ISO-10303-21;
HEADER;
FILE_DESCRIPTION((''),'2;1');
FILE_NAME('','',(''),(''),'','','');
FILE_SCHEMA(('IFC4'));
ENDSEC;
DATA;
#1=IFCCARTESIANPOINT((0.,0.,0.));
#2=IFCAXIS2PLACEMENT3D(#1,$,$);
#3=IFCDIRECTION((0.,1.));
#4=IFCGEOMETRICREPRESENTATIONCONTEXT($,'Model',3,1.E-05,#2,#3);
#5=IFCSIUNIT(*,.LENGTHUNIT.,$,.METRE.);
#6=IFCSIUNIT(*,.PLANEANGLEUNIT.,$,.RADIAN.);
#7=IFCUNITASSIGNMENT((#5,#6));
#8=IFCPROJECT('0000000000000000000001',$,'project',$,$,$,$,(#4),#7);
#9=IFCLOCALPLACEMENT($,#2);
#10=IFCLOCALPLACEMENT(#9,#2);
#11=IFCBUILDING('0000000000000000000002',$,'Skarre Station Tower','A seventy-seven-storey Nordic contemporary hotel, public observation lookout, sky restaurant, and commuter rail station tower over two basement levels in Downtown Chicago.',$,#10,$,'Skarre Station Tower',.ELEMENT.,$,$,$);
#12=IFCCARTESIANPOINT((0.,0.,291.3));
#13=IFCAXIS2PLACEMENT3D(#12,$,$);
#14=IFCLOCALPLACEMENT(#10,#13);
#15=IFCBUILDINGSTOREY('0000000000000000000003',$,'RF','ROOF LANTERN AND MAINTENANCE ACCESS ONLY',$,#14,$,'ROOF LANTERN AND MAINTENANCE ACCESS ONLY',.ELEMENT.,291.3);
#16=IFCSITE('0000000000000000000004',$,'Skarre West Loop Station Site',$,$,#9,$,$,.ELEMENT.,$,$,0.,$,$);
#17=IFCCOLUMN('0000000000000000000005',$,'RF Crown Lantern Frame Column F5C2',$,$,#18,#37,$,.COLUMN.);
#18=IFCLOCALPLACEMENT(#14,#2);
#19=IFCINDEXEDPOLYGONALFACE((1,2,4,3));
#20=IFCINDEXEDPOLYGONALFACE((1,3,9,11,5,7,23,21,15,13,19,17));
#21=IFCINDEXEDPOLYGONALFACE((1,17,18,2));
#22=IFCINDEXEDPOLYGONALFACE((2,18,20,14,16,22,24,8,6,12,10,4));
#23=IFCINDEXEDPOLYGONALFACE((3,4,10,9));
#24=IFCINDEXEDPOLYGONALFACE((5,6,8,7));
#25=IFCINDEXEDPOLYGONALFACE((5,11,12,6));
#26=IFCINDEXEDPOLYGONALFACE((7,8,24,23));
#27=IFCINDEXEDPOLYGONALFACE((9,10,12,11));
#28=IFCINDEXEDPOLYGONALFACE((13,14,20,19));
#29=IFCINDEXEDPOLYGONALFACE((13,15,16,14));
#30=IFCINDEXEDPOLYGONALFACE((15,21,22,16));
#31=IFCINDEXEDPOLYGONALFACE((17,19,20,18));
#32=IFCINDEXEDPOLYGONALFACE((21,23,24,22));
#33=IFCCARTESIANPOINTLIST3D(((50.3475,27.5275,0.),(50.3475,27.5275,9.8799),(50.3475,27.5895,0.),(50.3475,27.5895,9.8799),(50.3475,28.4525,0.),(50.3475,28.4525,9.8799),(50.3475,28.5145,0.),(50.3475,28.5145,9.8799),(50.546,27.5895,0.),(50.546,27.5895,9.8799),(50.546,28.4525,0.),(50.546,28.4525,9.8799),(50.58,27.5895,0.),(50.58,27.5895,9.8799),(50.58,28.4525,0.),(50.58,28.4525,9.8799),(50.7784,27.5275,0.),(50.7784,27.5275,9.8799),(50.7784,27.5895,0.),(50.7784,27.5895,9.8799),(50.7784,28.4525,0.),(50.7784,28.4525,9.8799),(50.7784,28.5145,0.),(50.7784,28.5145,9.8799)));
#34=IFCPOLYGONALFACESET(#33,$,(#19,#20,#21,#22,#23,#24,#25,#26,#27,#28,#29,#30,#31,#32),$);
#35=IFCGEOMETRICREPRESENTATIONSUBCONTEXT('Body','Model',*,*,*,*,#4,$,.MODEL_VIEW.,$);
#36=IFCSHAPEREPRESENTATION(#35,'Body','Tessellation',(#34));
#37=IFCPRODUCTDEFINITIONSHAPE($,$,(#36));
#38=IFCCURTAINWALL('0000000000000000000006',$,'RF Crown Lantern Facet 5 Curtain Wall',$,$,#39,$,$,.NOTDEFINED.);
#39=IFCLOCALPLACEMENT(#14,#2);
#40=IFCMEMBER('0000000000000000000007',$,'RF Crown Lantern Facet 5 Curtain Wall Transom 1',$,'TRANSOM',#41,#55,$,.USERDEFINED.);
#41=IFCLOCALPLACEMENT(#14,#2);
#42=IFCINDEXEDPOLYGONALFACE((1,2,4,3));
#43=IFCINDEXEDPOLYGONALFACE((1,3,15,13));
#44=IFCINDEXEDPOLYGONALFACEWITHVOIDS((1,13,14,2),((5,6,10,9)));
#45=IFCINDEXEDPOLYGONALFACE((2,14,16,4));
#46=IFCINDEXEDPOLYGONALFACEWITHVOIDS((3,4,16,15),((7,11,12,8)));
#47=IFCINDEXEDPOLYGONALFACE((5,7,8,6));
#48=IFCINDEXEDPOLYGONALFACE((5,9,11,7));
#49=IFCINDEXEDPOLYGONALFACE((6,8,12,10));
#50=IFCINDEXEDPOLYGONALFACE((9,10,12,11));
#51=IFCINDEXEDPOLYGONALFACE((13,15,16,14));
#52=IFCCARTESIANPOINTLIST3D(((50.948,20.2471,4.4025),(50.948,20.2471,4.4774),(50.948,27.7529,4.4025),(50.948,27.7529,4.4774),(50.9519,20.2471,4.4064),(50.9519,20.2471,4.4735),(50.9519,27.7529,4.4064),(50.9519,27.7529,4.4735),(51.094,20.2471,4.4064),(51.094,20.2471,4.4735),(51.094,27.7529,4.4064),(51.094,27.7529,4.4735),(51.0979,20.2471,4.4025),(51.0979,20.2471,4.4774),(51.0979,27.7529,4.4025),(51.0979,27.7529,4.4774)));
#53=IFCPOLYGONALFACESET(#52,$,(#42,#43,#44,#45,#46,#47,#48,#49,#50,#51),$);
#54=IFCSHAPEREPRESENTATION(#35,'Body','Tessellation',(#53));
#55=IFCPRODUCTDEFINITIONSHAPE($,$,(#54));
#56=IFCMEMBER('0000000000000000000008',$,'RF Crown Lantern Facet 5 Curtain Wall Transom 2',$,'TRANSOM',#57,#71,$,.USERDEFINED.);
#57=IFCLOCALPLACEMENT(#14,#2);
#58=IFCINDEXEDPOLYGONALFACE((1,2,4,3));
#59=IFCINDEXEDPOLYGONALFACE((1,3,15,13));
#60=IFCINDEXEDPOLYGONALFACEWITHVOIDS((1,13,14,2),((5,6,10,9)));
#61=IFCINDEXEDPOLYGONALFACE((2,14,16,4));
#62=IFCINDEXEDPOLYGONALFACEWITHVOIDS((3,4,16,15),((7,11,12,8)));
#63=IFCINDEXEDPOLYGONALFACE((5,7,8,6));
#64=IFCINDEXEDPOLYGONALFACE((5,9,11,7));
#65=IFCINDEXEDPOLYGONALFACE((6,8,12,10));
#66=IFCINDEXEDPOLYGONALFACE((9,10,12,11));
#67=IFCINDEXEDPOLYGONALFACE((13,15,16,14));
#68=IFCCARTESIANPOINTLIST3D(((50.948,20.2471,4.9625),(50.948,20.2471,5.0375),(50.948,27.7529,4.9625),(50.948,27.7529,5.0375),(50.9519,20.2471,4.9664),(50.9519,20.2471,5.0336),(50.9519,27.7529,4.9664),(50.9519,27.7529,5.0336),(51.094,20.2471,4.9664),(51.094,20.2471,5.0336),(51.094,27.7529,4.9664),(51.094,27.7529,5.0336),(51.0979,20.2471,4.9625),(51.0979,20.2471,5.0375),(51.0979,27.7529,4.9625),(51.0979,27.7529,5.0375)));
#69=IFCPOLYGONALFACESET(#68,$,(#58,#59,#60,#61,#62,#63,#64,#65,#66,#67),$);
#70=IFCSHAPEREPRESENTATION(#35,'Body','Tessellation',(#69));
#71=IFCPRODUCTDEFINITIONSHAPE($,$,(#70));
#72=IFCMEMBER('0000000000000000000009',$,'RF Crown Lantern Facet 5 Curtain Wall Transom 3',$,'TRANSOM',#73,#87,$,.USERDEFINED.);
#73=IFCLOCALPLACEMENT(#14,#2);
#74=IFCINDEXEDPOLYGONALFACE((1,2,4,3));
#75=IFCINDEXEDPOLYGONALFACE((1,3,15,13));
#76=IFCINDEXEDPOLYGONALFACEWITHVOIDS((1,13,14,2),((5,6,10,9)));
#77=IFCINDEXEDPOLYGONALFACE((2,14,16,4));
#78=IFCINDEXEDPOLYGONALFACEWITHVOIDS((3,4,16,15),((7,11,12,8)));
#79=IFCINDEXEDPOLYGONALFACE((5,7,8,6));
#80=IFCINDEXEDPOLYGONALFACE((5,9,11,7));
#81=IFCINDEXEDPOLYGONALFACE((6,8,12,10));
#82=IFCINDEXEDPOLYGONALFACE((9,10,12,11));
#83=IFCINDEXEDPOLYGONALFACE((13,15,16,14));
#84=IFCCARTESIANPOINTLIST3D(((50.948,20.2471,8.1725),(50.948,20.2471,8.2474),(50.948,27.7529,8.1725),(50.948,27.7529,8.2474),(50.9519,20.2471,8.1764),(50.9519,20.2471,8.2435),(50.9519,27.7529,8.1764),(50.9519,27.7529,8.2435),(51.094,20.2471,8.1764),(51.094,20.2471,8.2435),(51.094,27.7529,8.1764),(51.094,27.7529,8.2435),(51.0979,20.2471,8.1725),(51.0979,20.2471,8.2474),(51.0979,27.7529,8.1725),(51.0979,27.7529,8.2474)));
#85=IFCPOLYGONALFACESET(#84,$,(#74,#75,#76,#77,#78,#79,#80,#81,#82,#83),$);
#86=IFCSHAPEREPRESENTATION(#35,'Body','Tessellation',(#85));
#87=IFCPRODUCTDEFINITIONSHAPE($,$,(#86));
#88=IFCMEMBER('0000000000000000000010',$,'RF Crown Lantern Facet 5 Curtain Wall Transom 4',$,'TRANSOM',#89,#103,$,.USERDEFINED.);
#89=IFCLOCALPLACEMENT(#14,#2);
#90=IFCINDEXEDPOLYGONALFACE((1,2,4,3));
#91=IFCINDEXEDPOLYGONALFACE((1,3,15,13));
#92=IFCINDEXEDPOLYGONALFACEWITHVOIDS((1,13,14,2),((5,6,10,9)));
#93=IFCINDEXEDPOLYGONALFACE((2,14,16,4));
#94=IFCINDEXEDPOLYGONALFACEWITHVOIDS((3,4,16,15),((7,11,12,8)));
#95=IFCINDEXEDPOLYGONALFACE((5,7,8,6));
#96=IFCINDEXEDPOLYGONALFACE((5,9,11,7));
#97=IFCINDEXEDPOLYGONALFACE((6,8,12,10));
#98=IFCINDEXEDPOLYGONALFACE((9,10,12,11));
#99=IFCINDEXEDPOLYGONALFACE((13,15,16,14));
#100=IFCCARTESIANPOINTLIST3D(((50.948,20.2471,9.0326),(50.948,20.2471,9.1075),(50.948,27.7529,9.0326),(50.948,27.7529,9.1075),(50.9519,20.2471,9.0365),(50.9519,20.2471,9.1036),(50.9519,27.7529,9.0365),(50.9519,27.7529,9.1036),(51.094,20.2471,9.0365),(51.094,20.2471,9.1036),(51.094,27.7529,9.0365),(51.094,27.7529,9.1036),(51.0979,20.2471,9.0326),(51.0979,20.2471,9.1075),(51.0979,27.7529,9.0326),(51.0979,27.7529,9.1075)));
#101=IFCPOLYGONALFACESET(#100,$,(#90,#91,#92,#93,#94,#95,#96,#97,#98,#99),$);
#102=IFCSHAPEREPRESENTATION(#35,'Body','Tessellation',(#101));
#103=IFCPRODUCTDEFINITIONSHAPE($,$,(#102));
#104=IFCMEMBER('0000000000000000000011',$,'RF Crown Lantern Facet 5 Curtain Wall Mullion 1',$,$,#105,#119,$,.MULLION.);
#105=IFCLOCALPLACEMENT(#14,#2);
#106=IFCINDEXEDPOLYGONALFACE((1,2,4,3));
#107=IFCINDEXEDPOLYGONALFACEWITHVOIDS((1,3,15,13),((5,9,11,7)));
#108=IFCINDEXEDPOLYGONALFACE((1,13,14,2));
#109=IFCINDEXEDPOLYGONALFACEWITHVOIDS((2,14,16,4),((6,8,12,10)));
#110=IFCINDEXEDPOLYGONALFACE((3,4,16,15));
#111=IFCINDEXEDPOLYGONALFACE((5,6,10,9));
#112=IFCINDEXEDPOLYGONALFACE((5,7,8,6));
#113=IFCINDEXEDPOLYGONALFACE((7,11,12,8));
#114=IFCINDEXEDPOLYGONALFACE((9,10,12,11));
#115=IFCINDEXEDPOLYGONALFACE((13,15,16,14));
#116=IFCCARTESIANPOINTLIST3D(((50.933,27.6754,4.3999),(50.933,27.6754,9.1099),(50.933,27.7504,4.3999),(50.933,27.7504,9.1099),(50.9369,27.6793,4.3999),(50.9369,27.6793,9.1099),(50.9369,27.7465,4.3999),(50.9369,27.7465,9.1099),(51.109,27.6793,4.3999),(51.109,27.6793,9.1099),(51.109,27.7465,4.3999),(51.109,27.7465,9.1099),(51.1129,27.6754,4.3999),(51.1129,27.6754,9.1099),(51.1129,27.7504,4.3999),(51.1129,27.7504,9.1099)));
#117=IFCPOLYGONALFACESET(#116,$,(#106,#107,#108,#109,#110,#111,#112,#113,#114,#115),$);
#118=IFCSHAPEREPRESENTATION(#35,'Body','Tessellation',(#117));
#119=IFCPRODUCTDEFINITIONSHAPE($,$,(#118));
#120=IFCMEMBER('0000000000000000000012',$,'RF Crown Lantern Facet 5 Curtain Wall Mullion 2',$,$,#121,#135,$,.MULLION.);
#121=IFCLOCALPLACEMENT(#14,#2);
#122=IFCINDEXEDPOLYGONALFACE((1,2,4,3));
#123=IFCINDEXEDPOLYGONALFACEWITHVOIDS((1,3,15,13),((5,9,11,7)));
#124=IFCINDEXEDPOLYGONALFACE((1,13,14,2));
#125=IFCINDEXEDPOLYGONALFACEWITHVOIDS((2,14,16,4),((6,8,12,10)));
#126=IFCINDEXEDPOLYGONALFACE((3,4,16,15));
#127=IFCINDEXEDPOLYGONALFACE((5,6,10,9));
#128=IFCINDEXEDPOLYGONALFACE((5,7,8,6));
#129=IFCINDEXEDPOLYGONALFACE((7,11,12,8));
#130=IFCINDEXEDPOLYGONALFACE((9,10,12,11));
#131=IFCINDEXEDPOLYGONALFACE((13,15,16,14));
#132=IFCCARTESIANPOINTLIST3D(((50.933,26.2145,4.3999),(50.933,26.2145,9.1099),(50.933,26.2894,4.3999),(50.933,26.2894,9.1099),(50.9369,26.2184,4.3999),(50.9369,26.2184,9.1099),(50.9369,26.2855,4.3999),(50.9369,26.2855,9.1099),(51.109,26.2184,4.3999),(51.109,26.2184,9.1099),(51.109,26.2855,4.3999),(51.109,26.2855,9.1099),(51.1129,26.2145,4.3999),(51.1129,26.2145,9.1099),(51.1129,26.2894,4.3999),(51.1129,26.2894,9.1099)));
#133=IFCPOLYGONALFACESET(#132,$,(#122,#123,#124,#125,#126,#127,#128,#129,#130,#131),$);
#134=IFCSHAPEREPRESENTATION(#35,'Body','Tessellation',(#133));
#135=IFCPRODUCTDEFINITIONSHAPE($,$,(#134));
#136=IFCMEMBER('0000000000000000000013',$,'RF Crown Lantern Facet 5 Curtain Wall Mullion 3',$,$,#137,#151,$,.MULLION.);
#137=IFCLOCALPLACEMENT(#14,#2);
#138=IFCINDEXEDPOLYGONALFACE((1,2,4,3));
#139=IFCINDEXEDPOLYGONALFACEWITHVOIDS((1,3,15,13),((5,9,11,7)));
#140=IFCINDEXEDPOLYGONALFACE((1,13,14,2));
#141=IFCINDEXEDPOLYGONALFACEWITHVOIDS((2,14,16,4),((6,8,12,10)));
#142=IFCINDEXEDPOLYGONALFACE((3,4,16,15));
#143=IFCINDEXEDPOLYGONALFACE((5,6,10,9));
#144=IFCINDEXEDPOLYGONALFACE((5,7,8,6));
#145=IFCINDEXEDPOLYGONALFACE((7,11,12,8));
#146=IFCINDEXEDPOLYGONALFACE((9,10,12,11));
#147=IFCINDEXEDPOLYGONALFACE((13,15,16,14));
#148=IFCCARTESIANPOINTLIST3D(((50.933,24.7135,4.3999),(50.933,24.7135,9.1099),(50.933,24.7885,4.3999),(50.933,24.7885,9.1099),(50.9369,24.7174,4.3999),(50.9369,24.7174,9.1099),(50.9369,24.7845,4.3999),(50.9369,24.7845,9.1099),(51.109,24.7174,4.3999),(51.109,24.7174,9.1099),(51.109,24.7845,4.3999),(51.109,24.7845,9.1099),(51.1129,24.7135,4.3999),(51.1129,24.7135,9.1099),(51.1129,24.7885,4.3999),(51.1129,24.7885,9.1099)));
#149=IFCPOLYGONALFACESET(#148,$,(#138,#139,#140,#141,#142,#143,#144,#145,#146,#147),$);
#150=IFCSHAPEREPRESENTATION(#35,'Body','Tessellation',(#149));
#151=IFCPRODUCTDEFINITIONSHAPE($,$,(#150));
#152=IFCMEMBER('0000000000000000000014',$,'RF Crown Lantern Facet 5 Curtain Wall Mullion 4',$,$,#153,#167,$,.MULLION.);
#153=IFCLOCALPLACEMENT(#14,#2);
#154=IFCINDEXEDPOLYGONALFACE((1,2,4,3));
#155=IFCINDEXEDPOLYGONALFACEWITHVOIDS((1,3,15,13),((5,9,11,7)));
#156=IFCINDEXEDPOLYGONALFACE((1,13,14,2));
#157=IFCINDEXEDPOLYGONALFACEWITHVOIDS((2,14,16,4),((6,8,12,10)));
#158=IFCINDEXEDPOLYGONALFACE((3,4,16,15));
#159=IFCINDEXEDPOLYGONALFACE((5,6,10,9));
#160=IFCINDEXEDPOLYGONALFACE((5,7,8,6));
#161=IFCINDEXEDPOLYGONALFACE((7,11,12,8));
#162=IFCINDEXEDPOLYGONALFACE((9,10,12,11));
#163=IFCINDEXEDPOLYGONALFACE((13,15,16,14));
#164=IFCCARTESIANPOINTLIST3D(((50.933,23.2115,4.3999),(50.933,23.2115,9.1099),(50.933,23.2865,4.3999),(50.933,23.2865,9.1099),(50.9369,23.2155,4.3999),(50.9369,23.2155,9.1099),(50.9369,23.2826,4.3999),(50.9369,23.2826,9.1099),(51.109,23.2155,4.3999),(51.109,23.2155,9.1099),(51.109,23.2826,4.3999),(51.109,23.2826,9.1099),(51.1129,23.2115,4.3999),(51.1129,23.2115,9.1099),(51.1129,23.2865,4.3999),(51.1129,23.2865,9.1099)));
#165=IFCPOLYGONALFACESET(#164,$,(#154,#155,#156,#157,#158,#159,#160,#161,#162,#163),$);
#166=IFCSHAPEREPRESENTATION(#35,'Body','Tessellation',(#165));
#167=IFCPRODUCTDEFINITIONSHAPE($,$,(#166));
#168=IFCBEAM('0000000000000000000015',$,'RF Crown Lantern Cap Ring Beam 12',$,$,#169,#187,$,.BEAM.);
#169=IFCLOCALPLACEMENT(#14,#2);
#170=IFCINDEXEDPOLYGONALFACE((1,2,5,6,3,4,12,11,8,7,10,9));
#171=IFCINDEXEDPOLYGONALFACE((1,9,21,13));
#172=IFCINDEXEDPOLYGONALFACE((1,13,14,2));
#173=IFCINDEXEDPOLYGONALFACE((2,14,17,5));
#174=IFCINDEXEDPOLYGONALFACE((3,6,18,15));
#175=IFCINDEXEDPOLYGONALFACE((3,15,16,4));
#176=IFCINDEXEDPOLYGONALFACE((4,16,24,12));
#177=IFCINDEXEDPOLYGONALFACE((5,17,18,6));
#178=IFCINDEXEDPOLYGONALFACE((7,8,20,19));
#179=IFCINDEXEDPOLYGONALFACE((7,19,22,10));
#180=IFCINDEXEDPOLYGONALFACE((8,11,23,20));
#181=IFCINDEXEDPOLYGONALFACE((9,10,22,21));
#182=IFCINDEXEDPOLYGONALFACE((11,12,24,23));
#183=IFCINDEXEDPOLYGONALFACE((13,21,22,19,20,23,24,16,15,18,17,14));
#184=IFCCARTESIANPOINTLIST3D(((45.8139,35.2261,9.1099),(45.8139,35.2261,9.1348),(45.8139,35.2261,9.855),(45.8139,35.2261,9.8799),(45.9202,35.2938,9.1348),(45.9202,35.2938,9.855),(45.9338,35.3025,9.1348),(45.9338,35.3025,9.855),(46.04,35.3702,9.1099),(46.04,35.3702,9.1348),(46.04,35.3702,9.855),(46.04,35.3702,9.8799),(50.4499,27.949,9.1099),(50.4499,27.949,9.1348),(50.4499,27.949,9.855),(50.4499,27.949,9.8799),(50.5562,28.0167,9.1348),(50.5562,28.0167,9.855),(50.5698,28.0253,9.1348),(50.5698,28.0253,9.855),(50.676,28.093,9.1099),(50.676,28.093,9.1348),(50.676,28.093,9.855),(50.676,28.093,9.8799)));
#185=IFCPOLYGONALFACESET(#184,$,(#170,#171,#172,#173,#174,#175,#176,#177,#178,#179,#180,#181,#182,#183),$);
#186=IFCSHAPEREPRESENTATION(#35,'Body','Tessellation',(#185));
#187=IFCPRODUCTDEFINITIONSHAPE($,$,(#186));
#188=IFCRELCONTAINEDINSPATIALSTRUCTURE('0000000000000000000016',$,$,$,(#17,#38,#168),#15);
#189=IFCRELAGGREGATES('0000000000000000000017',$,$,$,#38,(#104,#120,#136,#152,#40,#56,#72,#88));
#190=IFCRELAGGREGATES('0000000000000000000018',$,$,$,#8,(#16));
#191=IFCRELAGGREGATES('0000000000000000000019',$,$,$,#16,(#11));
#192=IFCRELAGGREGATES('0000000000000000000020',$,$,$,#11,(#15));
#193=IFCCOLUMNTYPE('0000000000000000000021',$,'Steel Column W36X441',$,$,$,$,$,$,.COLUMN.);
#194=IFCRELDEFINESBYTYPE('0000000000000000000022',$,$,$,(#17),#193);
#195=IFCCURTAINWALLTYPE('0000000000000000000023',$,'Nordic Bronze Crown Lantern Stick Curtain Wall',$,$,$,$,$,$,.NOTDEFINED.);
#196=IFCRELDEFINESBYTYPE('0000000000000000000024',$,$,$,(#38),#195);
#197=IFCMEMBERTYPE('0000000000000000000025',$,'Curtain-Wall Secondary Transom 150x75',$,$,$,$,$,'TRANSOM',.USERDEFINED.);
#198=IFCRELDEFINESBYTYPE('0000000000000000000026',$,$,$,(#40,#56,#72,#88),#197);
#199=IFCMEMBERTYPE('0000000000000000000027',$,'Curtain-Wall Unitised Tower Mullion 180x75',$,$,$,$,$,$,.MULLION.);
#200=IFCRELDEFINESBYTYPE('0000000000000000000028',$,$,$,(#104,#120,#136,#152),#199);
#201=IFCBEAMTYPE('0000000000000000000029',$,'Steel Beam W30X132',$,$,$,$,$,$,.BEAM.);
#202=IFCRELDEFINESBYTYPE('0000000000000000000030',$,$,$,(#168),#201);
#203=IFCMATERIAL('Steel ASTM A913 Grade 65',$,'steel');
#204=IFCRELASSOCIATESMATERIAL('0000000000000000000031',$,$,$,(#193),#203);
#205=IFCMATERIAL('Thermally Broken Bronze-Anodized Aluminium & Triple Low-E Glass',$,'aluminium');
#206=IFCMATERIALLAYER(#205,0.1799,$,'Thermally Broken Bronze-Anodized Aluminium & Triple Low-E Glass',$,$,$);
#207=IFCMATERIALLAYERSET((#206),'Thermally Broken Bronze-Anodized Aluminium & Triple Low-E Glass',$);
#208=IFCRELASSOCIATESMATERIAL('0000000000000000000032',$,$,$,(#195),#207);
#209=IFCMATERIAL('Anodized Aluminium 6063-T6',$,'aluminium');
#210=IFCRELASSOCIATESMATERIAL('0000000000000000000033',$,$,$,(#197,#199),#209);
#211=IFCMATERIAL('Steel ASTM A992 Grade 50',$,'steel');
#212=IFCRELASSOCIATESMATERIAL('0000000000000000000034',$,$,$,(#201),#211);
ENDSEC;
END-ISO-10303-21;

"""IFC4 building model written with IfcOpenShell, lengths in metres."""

from ifc_helpers import new_model, si_unit, direction, frame, origin, origin_2d, place, context, subcontext, project, spatial, hollow_rectangle, i_section, extrude, material, layer, layer_set, material_profile, profile_set, type_object, element, aggregate, save


model = new_model("IFC4")

# Units and contexts
model_context = context("Model", 3, precision=1e-05, world=origin(), true_north=direction((0.0, 1.0)))
body_context = subcontext(model_context, "Body", "Model", "MODEL_VIEW")
ifc_project = project(units=[si_unit("LENGTHUNIT", "METRE"), si_unit("PLANEANGLEUNIT", "RADIAN")], contexts=[model_context])

# Site, building, storey
site_placement = place(None, origin())
site = spatial("IfcSite", under=ifc_project, at=site_placement, Name="Skarre West Loop Station Site", CompositionType="ELEMENT", RefElevation=0.0)
building_placement = place(site_placement, origin())
building = spatial("IfcBuilding", under=site, at=building_placement, Name="Skarre Station Tower", Description="A seventy-seven-storey Nordic contemporary hotel, public observation lookout, sky restaurant, and commuter rail station tower over two basement levels in Downtown Chicago.", LongName="Skarre Station Tower", CompositionType="ELEMENT")
storey_placement = place(building_placement, frame((0.0, 0.0, 291.3)))
storey = spatial("IfcBuildingStorey", under=building, at=storey_placement, Name="RF", Description="ROOF LANTERN AND MAINTENANCE ACCESS ONLY", LongName="ROOF LANTERN AND MAINTENANCE ACCESS ONLY", CompositionType="ELEMENT", Elevation=291.3)

# Column
ifc_material_1 = material(Name="Steel ASTM A913 Grade 65", Category="steel")
ifc_material_profile_1 = material_profile(ifc_material_1, i_section(OverallWidth=0.4309, OverallDepth=0.9871, WebThickness=0.0339, FlangeThickness=0.062, at=origin_2d()), Name="Steel ASTM A913 Grade 65")
ifc_profile_set_1 = profile_set([ifc_material_profile_1], Name="Steel ASTM A913 Grade 65")
column_type = type_object("IfcColumnType", Name="Steel Column W36X441", PredefinedType="COLUMN", material=ifc_profile_set_1)
column_placement = place(storey_placement, frame((50.563, 28.021, 0.0), z_axis=(0.0, 0.0, 1.0), x_axis=(1.0, 0.0, 0.0)))
element("IfcColumn", 1, at=column_placement, inside=storey, type_object=column_type, Name="RF Crown Lantern Frame Column F5C2", PredefinedType="COLUMN", context=body_context, shape_type="SweptSolid", body=[
    extrude(i_section(OverallWidth=0.4309, OverallDepth=0.9871, WebThickness=0.0339, FlangeThickness=0.062, at=origin_2d()), origin(), (0.0, 0.0, 1.0), 9.8799),
])

# Curtain wall, members
ifc_material_2 = material(Name="Thermally Broken Bronze-Anodized Aluminium & Triple Low-E Glass", Category="aluminium")
ifc_layer_1 = layer(ifc_material_2, 0.1799, Name="Thermally Broken Bronze-Anodized Aluminium & Triple Low-E Glass")
ifc_layer_set_1 = layer_set([ifc_layer_1], Name="Thermally Broken Bronze-Anodized Aluminium & Triple Low-E Glass")
curtain_wall_type = type_object("IfcCurtainWallType", Name="Nordic Bronze Crown Lantern Stick Curtain Wall", PredefinedType="NOTDEFINED", material=ifc_layer_set_1)
curtain_wall_placement = place(storey_placement, origin())
curtain_wall = element("IfcCurtainWall", 2, at=curtain_wall_placement, inside=storey, type_object=curtain_wall_type, Name="RF Crown Lantern Facet 5 Curtain Wall", PredefinedType="NOTDEFINED")
ifc_material_3 = material(Name="Anodized Aluminium 6063-T6", Category="aluminium")
ifc_material_profile_2 = material_profile(ifc_material_3, hollow_rectangle(XDim=0.075, YDim=0.1499, WallThickness=0.0039, at=origin_2d()), Name="Anodized Aluminium 6063-T6")
ifc_profile_set_2 = profile_set([ifc_material_profile_2], Name="Anodized Aluminium 6063-T6")
member_type_1 = type_object("IfcMemberType", Name="Curtain-Wall Secondary Transom 150x75", ElementType="TRANSOM", PredefinedType="USERDEFINED", material=ifc_profile_set_2)
member_1_placement = place(storey_placement, frame((51.0229, 27.7529, 4.4399), z_axis=(0.0, -1.0, 0.0), x_axis=(0.0, 0.0, 1.0)))
member_1 = element("IfcMember", 3, at=member_1_placement, type_object=member_type_1, Name="RF Crown Lantern Facet 5 Curtain Wall Transom 1", ObjectType="TRANSOM", PredefinedType="USERDEFINED", context=body_context, shape_type="SweptSolid", body=[
    extrude(hollow_rectangle(XDim=0.075, YDim=0.1499, WallThickness=0.0039, at=origin_2d()), origin(), (0.0, 0.0, 1.0), 7.5059),
])
member_2_placement = place(storey_placement, frame((51.0229, 27.7529, 5.0), z_axis=(0.0, -1.0, 0.0), x_axis=(0.0, 0.0, 1.0)))
member_2 = element("IfcMember", 4, at=member_2_placement, type_object=member_type_1, Name="RF Crown Lantern Facet 5 Curtain Wall Transom 2", ObjectType="TRANSOM", PredefinedType="USERDEFINED", context=body_context, shape_type="SweptSolid", body=[
    extrude(hollow_rectangle(XDim=0.075, YDim=0.1499, WallThickness=0.0039, at=origin_2d()), origin(), (0.0, 0.0, 1.0), 7.5059),
])
member_3_placement = place(storey_placement, frame((51.0229, 27.7529, 8.21), z_axis=(0.0, -1.0, 0.0), x_axis=(0.0, 0.0, 1.0)))
member_3 = element("IfcMember", 5, at=member_3_placement, type_object=member_type_1, Name="RF Crown Lantern Facet 5 Curtain Wall Transom 3", ObjectType="TRANSOM", PredefinedType="USERDEFINED", context=body_context, shape_type="SweptSolid", body=[
    extrude(hollow_rectangle(XDim=0.075, YDim=0.1499, WallThickness=0.0039, at=origin_2d()), origin(), (0.0, 0.0, 1.0), 7.5059),
])
member_4_placement = place(storey_placement, frame((51.0229, 27.7529, 9.0701), z_axis=(0.0, -1.0, 0.0), x_axis=(0.0, 0.0, 1.0)))
member_4 = element("IfcMember", 6, at=member_4_placement, type_object=member_type_1, Name="RF Crown Lantern Facet 5 Curtain Wall Transom 4", ObjectType="TRANSOM", PredefinedType="USERDEFINED", context=body_context, shape_type="SweptSolid", body=[
    extrude(hollow_rectangle(XDim=0.075, YDim=0.1499, WallThickness=0.0039, at=origin_2d()), origin(), (0.0, 0.0, 1.0), 7.5059),
])
ifc_material_profile_3 = material_profile(ifc_material_3, hollow_rectangle(XDim=0.075, YDim=0.1799, WallThickness=0.0039, at=origin_2d()), Name="Anodized Aluminium 6063-T6")
ifc_profile_set_3 = profile_set([ifc_material_profile_3], Name="Anodized Aluminium 6063-T6")
member_type_2 = type_object("IfcMemberType", Name="Curtain-Wall Unitised Tower Mullion 180x75", PredefinedType="MULLION", material=ifc_profile_set_3)
member_5_placement = place(storey_placement, frame((51.0229, 27.7129, 4.3999), z_axis=(0.0, 0.0, 1.0), x_axis=(0.0, -1.0, 0.0)))
member_5 = element("IfcMember", 7, at=member_5_placement, type_object=member_type_2, Name="RF Crown Lantern Facet 5 Curtain Wall Mullion 1", PredefinedType="MULLION", context=body_context, shape_type="SweptSolid", body=[
    extrude(hollow_rectangle(XDim=0.075, YDim=0.1799, WallThickness=0.0039, at=origin_2d()), origin(), (0.0, 0.0, 1.0), 4.71),
])
member_6_placement = place(storey_placement, frame((51.0229, 26.252, 4.3999), z_axis=(0.0, 0.0, 1.0), x_axis=(0.0, -1.0, 0.0)))
member_6 = element("IfcMember", 8, at=member_6_placement, type_object=member_type_2, Name="RF Crown Lantern Facet 5 Curtain Wall Mullion 2", PredefinedType="MULLION", context=body_context, shape_type="SweptSolid", body=[
    extrude(hollow_rectangle(XDim=0.075, YDim=0.1799, WallThickness=0.0039, at=origin_2d()), origin(), (0.0, 0.0, 1.0), 4.71),
])
member_7_placement = place(storey_placement, frame((51.0229, 24.751, 4.3999), z_axis=(0.0, 0.0, 1.0), x_axis=(0.0, -1.0, 0.0)))
member_7 = element("IfcMember", 9, at=member_7_placement, type_object=member_type_2, Name="RF Crown Lantern Facet 5 Curtain Wall Mullion 3", PredefinedType="MULLION", context=body_context, shape_type="SweptSolid", body=[
    extrude(hollow_rectangle(XDim=0.075, YDim=0.1799, WallThickness=0.0039, at=origin_2d()), origin(), (0.0, 0.0, 1.0), 4.71),
])
member_8_placement = place(storey_placement, frame((51.0229, 23.249, 4.3999), z_axis=(0.0, 0.0, 1.0), x_axis=(0.0, -1.0, 0.0)))
member_8 = element("IfcMember", 10, at=member_8_placement, type_object=member_type_2, Name="RF Crown Lantern Facet 5 Curtain Wall Mullion 4", PredefinedType="MULLION", context=body_context, shape_type="SweptSolid", body=[
    extrude(hollow_rectangle(XDim=0.075, YDim=0.1799, WallThickness=0.0039, at=origin_2d()), origin(), (0.0, 0.0, 1.0), 4.71),
])

# Beam
ifc_material_4 = material(Name="Steel ASTM A992 Grade 50", Category="steel")
ifc_material_profile_4 = material_profile(ifc_material_4, i_section(OverallWidth=0.2681, OverallDepth=0.77, WebThickness=0.0161, FlangeThickness=0.0249, at=origin_2d()), Name="Steel ASTM A992 Grade 50")
ifc_profile_set_4 = profile_set([ifc_material_profile_4], Name="Steel ASTM A992 Grade 50")
beam_type = type_object("IfcBeamType", Name="Steel Beam W30X132", PredefinedType="BEAM", material=ifc_profile_set_4)
beam_placement = place(storey_placement, frame((50.563, 28.021, 9.4949), z_axis=(-0.537297, 0.843393, 0.0), x_axis=(-0.843393, -0.537297, 0.0)))
element("IfcBeam", 11, at=beam_placement, inside=storey, type_object=beam_type, Name="RF Crown Lantern Cap Ring Beam 12", PredefinedType="BEAM", context=body_context, shape_type="SweptSolid", body=[
    extrude(i_section(OverallWidth=0.2681, OverallDepth=0.77, WebThickness=0.0161, FlangeThickness=0.0249, at=origin_2d()), origin(), (0.0, 0.0, 1.0), 8.6284),
])

aggregate(curtain_wall, [member_5, member_6, member_7, member_8, member_1, member_2, member_3, member_4])

save(model, "model.ifc")
